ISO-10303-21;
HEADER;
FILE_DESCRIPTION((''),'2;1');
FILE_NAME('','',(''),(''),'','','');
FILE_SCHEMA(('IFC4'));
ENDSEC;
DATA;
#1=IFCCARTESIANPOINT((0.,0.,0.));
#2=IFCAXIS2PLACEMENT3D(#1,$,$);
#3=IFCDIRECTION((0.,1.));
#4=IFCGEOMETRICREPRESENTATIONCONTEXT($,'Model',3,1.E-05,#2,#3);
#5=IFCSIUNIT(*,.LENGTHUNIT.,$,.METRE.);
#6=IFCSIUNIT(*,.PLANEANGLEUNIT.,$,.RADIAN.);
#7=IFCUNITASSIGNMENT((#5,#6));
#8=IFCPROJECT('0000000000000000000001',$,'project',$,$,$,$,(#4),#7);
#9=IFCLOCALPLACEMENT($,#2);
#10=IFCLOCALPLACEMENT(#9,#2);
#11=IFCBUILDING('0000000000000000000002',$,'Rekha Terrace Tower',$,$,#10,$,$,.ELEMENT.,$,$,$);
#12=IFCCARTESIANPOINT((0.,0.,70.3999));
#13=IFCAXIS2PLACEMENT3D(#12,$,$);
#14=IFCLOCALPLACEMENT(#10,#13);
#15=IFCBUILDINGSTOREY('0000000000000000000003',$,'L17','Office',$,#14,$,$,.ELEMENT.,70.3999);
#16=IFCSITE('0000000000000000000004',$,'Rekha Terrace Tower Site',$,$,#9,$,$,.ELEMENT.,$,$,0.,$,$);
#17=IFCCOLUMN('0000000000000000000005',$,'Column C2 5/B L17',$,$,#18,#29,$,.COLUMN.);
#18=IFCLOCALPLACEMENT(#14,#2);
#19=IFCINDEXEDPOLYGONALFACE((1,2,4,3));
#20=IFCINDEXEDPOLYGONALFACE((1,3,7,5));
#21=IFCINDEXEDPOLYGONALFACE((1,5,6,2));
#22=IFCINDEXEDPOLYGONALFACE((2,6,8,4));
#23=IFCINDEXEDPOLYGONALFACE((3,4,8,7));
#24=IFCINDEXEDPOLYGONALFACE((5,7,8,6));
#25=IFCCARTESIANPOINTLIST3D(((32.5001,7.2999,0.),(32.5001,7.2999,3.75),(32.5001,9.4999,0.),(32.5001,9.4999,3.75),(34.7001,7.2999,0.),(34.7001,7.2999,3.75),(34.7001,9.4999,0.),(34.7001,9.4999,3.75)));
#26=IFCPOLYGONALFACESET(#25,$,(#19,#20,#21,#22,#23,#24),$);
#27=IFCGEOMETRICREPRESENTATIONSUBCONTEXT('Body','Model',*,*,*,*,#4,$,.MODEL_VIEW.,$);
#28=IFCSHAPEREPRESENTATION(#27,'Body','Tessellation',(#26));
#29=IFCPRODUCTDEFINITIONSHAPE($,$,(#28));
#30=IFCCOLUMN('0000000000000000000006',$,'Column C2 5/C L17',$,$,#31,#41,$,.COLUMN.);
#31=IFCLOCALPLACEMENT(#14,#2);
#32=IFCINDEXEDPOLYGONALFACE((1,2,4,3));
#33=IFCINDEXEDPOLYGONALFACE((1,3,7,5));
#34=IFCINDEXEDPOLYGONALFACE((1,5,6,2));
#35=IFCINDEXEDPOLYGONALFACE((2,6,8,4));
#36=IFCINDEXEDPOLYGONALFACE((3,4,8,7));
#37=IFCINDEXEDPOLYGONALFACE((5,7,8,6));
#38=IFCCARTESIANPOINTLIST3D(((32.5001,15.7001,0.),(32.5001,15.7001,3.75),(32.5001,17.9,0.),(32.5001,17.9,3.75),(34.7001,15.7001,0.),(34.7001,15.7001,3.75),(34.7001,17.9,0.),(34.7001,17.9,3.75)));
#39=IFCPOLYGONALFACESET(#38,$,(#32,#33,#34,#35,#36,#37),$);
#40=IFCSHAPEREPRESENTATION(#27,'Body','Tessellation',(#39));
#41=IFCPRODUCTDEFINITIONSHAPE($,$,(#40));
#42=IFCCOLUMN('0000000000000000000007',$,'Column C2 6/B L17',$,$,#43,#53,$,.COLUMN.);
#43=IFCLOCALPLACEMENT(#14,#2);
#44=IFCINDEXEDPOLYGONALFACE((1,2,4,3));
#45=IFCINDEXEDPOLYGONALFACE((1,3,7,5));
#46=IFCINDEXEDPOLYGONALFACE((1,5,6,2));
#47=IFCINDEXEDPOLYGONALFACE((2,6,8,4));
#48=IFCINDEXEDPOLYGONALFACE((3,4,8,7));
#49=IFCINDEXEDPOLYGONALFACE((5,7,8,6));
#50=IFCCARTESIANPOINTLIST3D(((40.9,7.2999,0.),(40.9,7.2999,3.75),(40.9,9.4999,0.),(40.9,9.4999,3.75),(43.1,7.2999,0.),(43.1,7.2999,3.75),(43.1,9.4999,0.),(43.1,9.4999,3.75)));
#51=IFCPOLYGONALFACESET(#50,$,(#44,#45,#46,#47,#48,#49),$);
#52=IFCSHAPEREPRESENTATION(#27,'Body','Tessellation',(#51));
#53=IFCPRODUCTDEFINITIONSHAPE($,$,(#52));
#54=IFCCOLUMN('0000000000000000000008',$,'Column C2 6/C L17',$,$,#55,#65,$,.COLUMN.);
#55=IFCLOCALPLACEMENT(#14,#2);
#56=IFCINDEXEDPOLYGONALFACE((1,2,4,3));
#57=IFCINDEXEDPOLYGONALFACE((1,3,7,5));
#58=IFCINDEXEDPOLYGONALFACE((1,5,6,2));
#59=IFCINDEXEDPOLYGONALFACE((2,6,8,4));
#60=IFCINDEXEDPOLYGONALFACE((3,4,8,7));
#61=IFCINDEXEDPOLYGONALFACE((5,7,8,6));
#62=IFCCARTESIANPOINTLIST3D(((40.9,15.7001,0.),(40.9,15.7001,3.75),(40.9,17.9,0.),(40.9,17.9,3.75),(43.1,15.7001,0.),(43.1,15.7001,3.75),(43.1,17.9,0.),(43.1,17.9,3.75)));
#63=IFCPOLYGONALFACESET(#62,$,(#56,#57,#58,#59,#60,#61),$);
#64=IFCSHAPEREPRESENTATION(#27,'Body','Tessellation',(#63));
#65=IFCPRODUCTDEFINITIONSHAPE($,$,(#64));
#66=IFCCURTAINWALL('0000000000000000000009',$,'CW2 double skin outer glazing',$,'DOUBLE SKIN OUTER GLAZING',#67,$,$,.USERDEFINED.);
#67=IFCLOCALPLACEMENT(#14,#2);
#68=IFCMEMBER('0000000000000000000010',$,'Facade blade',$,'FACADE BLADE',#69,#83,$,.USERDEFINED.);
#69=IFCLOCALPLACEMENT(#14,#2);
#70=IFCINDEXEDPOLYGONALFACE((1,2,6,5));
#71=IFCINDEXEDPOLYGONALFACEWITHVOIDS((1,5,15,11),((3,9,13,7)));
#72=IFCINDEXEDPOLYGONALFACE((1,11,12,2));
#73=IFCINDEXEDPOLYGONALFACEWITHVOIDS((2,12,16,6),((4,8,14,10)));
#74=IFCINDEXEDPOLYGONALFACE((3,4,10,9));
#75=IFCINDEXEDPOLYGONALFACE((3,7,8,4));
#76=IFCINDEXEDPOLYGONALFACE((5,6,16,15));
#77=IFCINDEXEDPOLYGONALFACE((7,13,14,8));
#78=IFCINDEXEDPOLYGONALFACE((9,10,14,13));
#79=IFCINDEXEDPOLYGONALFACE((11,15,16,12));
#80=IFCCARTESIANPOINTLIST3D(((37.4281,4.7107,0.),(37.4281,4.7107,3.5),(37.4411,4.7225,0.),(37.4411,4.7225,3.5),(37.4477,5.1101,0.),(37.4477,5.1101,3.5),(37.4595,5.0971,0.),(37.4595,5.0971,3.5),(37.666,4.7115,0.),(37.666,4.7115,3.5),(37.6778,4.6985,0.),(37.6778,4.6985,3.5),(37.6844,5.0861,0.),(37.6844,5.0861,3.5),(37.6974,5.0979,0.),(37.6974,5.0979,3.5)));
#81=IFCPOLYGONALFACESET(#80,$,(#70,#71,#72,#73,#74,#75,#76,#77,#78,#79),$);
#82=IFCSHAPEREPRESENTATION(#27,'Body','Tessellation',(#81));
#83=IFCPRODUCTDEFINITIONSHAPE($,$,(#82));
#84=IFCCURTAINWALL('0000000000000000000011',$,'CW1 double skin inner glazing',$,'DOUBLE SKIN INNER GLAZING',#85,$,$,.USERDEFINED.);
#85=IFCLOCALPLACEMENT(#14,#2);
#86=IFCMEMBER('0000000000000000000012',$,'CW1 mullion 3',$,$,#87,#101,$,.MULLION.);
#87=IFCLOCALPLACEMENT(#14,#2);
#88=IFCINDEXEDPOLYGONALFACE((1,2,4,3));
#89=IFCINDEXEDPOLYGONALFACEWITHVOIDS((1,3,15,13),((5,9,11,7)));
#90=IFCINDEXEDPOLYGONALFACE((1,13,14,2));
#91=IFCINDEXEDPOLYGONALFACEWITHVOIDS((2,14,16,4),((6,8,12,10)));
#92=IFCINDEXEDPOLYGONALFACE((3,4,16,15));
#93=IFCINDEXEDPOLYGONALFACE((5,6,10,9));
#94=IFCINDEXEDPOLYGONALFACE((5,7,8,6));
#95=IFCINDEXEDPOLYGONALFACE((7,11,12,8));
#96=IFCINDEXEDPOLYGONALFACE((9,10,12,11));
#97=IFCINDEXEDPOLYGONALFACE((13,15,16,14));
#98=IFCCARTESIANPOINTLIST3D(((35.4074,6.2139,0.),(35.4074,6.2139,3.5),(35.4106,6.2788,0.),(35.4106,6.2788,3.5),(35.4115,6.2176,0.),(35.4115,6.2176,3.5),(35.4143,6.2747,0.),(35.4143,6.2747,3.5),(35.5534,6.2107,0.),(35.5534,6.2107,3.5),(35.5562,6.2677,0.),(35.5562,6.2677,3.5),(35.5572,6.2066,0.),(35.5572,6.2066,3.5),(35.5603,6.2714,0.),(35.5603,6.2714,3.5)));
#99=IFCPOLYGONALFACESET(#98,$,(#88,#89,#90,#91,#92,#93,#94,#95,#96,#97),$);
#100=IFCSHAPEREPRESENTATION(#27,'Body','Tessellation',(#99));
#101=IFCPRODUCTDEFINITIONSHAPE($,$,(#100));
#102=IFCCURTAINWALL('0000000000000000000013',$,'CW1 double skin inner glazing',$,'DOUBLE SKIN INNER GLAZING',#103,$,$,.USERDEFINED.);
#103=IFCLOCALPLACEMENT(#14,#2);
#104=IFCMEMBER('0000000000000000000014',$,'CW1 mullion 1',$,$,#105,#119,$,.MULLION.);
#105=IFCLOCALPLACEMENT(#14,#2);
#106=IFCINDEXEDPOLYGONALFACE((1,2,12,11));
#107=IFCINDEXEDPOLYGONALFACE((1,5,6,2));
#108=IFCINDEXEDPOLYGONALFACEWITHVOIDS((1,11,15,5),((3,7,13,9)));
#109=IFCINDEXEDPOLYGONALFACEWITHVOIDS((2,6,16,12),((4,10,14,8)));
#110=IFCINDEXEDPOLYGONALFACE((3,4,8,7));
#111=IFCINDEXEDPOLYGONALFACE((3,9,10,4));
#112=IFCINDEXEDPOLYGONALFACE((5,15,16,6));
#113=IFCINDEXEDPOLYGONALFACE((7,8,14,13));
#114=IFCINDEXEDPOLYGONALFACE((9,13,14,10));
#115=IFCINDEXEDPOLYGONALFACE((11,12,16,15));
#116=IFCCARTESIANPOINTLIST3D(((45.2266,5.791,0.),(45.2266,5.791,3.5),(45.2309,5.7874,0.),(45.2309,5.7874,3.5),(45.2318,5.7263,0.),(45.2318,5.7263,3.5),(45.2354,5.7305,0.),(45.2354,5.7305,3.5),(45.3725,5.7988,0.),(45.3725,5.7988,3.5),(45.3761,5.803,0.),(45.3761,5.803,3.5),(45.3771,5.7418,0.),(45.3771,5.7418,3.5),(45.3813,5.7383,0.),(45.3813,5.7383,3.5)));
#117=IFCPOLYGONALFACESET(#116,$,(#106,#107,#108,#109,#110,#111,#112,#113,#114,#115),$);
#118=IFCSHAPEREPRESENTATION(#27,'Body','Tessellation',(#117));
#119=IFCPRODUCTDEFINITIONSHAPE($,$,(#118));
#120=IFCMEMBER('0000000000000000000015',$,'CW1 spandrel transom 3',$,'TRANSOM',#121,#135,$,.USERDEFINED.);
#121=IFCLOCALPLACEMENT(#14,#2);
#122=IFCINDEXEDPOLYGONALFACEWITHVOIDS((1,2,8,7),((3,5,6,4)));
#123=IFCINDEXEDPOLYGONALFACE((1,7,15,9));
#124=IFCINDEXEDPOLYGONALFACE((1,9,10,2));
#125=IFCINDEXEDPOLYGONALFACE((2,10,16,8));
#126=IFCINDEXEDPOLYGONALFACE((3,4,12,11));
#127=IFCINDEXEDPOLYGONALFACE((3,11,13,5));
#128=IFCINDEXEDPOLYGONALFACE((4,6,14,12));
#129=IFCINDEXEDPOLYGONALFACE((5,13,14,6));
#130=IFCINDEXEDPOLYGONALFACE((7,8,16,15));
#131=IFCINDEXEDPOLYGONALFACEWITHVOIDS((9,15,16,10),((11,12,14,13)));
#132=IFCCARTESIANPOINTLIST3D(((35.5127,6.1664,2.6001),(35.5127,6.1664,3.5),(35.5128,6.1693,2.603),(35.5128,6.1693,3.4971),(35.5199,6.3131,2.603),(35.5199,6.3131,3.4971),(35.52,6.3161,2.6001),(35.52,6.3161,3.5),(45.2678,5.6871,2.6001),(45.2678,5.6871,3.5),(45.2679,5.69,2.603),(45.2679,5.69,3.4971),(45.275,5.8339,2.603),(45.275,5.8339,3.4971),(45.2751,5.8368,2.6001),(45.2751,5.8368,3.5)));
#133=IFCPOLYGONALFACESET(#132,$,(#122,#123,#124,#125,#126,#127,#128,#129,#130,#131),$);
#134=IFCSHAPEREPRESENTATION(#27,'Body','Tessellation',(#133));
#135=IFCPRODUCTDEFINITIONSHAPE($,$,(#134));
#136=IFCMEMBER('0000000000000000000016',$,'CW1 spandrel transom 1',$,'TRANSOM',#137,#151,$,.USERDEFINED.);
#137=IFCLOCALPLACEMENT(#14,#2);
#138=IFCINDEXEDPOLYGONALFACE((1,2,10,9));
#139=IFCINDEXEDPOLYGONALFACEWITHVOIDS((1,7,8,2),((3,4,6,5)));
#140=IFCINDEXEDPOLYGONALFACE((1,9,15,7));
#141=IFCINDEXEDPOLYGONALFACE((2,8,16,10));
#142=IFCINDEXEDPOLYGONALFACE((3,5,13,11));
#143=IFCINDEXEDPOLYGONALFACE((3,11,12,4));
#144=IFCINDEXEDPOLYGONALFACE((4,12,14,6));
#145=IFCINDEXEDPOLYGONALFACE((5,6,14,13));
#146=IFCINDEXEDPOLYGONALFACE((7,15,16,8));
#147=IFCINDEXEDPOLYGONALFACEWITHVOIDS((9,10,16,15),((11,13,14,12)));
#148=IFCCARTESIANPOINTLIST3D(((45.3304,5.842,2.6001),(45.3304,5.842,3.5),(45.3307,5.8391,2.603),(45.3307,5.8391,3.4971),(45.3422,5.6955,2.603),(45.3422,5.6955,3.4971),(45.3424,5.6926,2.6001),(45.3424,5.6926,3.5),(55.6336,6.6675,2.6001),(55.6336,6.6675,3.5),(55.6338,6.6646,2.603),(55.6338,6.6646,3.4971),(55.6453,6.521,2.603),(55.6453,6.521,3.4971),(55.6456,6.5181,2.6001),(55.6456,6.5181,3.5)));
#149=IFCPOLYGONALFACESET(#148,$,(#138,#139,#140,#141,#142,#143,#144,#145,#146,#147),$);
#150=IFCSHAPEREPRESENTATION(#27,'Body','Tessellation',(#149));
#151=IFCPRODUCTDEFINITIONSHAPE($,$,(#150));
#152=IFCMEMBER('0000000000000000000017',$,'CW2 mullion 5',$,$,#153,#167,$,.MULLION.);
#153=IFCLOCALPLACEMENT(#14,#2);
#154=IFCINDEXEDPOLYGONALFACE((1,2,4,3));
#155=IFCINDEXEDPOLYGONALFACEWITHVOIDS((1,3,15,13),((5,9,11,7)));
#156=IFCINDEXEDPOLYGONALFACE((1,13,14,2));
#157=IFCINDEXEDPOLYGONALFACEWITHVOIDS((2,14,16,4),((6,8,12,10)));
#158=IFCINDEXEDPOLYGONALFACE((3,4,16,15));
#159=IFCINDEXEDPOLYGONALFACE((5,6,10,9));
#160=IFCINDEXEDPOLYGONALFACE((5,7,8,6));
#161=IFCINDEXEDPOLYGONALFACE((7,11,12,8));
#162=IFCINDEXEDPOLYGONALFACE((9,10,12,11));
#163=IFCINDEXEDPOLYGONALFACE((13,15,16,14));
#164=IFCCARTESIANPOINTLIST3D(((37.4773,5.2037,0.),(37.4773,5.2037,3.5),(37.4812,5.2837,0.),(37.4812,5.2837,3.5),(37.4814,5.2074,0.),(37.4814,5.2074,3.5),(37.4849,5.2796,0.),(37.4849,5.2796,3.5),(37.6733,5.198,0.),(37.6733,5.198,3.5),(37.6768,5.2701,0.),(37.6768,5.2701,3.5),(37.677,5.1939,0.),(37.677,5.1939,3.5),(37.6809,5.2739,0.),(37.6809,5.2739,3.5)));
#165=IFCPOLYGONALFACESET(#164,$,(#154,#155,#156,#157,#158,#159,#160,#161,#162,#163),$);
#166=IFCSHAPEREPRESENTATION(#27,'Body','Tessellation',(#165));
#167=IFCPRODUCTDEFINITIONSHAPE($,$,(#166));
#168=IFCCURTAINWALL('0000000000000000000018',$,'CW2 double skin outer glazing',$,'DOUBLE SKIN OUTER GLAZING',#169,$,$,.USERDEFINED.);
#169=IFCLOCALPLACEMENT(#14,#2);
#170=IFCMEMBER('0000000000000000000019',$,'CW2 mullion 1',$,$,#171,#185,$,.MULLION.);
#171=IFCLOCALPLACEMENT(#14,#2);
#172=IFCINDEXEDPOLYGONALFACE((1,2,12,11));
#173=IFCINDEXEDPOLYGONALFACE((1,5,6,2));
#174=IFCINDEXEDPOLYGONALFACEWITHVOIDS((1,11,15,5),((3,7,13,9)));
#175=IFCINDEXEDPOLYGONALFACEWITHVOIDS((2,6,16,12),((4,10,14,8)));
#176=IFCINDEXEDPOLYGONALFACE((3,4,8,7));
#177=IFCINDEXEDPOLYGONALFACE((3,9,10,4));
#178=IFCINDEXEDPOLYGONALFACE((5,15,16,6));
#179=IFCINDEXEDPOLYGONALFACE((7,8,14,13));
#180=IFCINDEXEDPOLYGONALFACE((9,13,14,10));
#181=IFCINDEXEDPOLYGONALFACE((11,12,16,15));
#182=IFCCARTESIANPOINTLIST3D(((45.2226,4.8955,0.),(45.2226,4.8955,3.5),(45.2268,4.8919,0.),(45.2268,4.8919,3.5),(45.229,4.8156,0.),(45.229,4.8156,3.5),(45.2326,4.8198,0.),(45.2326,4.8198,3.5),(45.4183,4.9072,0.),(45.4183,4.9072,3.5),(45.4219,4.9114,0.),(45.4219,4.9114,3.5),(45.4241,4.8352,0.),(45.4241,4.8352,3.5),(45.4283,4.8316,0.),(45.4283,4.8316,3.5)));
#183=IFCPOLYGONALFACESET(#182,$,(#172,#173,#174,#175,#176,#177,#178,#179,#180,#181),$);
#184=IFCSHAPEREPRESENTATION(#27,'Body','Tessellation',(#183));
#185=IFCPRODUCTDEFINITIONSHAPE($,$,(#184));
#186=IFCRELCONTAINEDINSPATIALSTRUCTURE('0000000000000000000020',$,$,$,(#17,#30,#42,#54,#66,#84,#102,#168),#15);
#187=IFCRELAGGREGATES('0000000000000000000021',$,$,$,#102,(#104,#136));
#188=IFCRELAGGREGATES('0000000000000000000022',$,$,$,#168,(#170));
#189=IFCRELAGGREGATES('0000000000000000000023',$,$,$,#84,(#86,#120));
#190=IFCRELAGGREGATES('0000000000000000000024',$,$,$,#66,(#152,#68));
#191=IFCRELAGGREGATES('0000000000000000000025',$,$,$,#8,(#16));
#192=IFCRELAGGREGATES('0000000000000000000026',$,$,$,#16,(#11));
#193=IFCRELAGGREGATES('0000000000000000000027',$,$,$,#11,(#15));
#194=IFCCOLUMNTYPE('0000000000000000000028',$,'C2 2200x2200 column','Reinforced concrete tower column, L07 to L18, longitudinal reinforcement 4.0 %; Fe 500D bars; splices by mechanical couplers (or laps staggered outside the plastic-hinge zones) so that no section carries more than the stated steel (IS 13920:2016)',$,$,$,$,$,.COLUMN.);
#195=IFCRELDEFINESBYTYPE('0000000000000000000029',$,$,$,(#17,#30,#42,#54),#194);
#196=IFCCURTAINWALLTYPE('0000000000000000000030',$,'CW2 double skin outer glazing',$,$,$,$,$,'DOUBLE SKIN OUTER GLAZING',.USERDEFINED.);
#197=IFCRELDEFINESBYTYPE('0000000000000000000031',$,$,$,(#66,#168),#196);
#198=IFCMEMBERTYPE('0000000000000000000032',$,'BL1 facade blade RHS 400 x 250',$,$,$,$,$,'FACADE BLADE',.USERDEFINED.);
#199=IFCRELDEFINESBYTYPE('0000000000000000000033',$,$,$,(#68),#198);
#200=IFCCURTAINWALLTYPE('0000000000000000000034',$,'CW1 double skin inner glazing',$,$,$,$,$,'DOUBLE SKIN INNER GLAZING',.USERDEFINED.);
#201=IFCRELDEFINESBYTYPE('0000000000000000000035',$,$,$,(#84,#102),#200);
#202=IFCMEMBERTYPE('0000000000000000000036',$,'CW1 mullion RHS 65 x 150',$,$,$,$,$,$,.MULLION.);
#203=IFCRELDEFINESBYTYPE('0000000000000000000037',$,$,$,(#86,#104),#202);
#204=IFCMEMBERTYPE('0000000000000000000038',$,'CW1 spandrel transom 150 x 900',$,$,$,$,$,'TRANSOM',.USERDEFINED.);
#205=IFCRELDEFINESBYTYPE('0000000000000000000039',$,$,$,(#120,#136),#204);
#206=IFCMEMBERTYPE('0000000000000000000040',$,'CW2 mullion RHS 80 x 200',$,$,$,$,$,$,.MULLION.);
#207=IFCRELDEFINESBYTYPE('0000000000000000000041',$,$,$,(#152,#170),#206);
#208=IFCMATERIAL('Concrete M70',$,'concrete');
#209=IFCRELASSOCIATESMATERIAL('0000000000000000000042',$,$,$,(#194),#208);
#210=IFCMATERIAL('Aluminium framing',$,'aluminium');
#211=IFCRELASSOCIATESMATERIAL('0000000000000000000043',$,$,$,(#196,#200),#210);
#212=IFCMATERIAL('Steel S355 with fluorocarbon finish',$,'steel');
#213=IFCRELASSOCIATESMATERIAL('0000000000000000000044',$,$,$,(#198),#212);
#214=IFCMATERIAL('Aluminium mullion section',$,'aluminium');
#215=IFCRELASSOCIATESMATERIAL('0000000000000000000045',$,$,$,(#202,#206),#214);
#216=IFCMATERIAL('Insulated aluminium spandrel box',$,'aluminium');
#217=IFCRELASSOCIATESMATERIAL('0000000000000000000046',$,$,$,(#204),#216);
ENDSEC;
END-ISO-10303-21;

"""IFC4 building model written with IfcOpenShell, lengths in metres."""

from ifc_helpers import new_model, si_unit, direction, frame, origin, origin_2d, place, context, subcontext, project, spatial, rectangle, hollow_rectangle, extrude, material, material_profile, profile_set, type_object, element, aggregate, save


model = new_model("IFC4")

# Units and contexts
model_context = context("Model", 3, precision=1e-05, world=origin(), true_north=direction((0.0, 1.0)))
body_context = subcontext(model_context, "Body", "Model", "MODEL_VIEW")
ifc_project = project(units=[si_unit("LENGTHUNIT", "METRE"), si_unit("PLANEANGLEUNIT", "RADIAN")], contexts=[model_context])

# Site, building, storey
site_placement = place(None, origin())
site = spatial("IfcSite", under=ifc_project, at=site_placement, Name="Rekha Terrace Tower Site", CompositionType="ELEMENT", RefElevation=0.0)
building_placement = place(site_placement, origin())
building = spatial("IfcBuilding", under=site, at=building_placement, Name="Rekha Terrace Tower", CompositionType="ELEMENT")
storey_placement = place(building_placement, frame((0.0, 0.0, 70.3999)))
storey = spatial("IfcBuildingStorey", under=building, at=storey_placement, Name="L17", Description="Office", CompositionType="ELEMENT", Elevation=70.3999)

# Columns
ifc_material_1 = material(Name="Concrete M70", Category="concrete")
ifc_material_profile_1 = material_profile(ifc_material_1, rectangle(XDim=2.2, YDim=2.2, at=origin_2d()), Name="RC 2200x2200")
ifc_profile_set_1 = profile_set([ifc_material_profile_1], Name="Concrete M70")
column_type = type_object("IfcColumnType", Name="C2 2200x2200 column", Description="Reinforced concrete tower column, L07 to L18, longitudinal reinforcement 4.0 %; Fe 500D bars; splices by mechanical couplers (or laps staggered outside the plastic-hinge zones) so that no section carries more than the stated steel (IS 13920:2016)", PredefinedType="COLUMN", material=ifc_profile_set_1)
for number, where, z_axis, x_axis, name in (
    (1, (33.6001, 8.3999, 0.0), (0.0, 0.0, 1.0), (1.0, 0.0, 0.0), "Column C2 5/B L17"),
    (2, (33.6001, 16.8, 0.0), (0.0, 0.0, 1.0), (1.0, 0.0, 0.0), "Column C2 5/C L17"),
    (3, (42.0, 8.3999, 0.0), (0.0, 0.0, 1.0), (1.0, 0.0, 0.0), "Column C2 6/B L17"),
    (4, (42.0, 16.8, 0.0), (0.0, 0.0, 1.0), (1.0, 0.0, 0.0), "Column C2 6/C L17"),
):
    element("IfcColumn", number, at=place(storey_placement, frame(where, z_axis=z_axis, x_axis=x_axis)), inside=storey, type_object=column_type, Name=name, PredefinedType="COLUMN", context=body_context, shape_type="SweptSolid", body=[
        extrude(rectangle(XDim=2.2, YDim=2.2, at=origin_2d()), origin(), (0.0, 0.0, 1.0), 3.75),
    ])

# Curtain walls, members
ifc_material_2 = material(Name="Aluminium framing", Category="aluminium")
curtain_wall_type_1 = type_object("IfcCurtainWallType", Name="CW2 double skin outer glazing", ElementType="DOUBLE SKIN OUTER GLAZING", PredefinedType="USERDEFINED", material=ifc_material_2)
curtain_wall_1_placement = place(storey_placement, origin())
curtain_wall_1 = element("IfcCurtainWall", 5, at=curtain_wall_1_placement, inside=storey, type_object=curtain_wall_type_1, Name="CW2 double skin outer glazing", ObjectType="DOUBLE SKIN OUTER GLAZING", PredefinedType="USERDEFINED")
ifc_material_3 = material(Name="Steel S355 with fluorocarbon finish", Category="steel")
ifc_material_profile_2 = material_profile(ifc_material_3, hollow_rectangle(XDim=0.25, YDim=0.3999, WallThickness=0.0125, at=origin_2d()), Name="RHS400x250x12.5")
ifc_profile_set_2 = profile_set([ifc_material_profile_2], Name="Steel S355 with fluorocarbon finish")
member_type_1 = type_object("IfcMemberType", Name="BL1 facade blade RHS 400 x 250", ElementType="FACADE BLADE", PredefinedType="USERDEFINED", material=ifc_profile_set_2)
member_1_placement = place(storey_placement, frame((37.5627, 4.9043, 0.0), z_axis=(0.0, 0.0, 1.0), x_axis=(0.998796, -0.049052, 0.0)))
member_1 = element("IfcMember", 6, at=member_1_placement, type_object=member_type_1, Name="Facade blade", ObjectType="FACADE BLADE", PredefinedType="USERDEFINED", context=body_context, shape_type="SweptSolid", body=[
    extrude(hollow_rectangle(XDim=0.25, YDim=0.3999, WallThickness=0.0125, at=origin_2d()), origin(), (0.0, 0.0, 1.0), 3.5),
])
curtain_wall_type_2 = type_object("IfcCurtainWallType", Name="CW1 double skin inner glazing", ElementType="DOUBLE SKIN INNER GLAZING", PredefinedType="USERDEFINED", material=ifc_material_2)
curtain_wall_2_placement = place(storey_placement, origin())
curtain_wall_2 = element("IfcCurtainWall", 7, at=curtain_wall_2_placement, inside=storey, type_object=curtain_wall_type_2, Name="CW1 double skin inner glazing", ObjectType="DOUBLE SKIN INNER GLAZING", PredefinedType="USERDEFINED")
ifc_material_4 = material(Name="Aluminium mullion section", Category="aluminium")
ifc_material_profile_3 = material_profile(ifc_material_4, hollow_rectangle(XDim=0.0649, YDim=0.1499, WallThickness=0.0039, at=origin_2d()), Name="AL RHS 65x150")
ifc_profile_set_3 = profile_set([ifc_material_profile_3], Name="Aluminium mullion section")
member_type_2 = type_object("IfcMemberType", Name="CW1 mullion RHS 65 x 150", PredefinedType="MULLION", material=ifc_profile_set_3)
member_2_placement = place(storey_placement, frame((35.4839, 6.2427, 0.0), z_axis=(0.0, 0.0, 1.0), x_axis=(0.049052, 0.998796, 0.0)))
member_2 = element("IfcMember", 8, at=member_2_placement, type_object=member_type_2, Name="CW1 mullion 3", PredefinedType="MULLION", context=body_context, shape_type="SweptSolid", body=[
    extrude(hollow_rectangle(XDim=0.0649, YDim=0.1499, WallThickness=0.0039, at=origin_2d()), origin(), (0.0, 0.0, 1.0), 3.5),
])
curtain_wall_3_placement = place(storey_placement, origin())
curtain_wall_3 = element("IfcCurtainWall", 9, at=curtain_wall_3_placement, inside=storey, type_object=curtain_wall_type_2, Name="CW1 double skin inner glazing", ObjectType="DOUBLE SKIN INNER GLAZING", PredefinedType="USERDEFINED")
member_3_placement = place(storey_placement, frame((45.304, 5.7646, 0.0), z_axis=(0.0, 0.0, 1.0), x_axis=(-0.079872, 0.996805, 0.0)))
member_3 = element("IfcMember", 10, at=member_3_placement, type_object=member_type_2, Name="CW1 mullion 1", PredefinedType="MULLION", context=body_context, shape_type="SweptSolid", body=[
    extrude(hollow_rectangle(XDim=0.0649, YDim=0.1499, WallThickness=0.0039, at=origin_2d()), origin(), (0.0, 0.0, 1.0), 3.5),
])

# Members
ifc_material_5 = material(Name="Insulated aluminium spandrel box", Category="aluminium")
ifc_material_profile_4 = material_profile(ifc_material_5, hollow_rectangle(XDim=0.1499, YDim=0.8999, WallThickness=0.0029, at=origin_2d()), Name="AL SPANDREL BOX 150x900")
ifc_profile_set_4 = profile_set([ifc_material_profile_4], Name="Insulated aluminium spandrel box")
member_type_3 = type_object("IfcMemberType", Name="CW1 spandrel transom 150 x 900", ElementType="TRANSOM", PredefinedType="USERDEFINED", material=ifc_profile_set_4)
member_4_placement = place(storey_placement, frame((35.5164, 6.2412, 3.05), z_axis=(0.998795, -0.049069, 0.0), x_axis=(0.049069, 0.998795, 0.0)))
member_4 = element("IfcMember", 11, at=member_4_placement, type_object=member_type_3, Name="CW1 spandrel transom 3", ObjectType="TRANSOM", PredefinedType="USERDEFINED", context=body_context, shape_type="SweptSolid", body=[
    extrude(hollow_rectangle(XDim=0.1499, YDim=0.8999, WallThickness=0.0029, at=origin_2d()), origin(), (0.0, 0.0, 1.0), 9.7668),
])
member_5_placement = place(storey_placement, frame((45.3364, 5.7673, 3.05), z_axis=(0.996806, 0.079859, 0.0), x_axis=(-0.079859, 0.996806, 0.0)))
member_5 = element("IfcMember", 12, at=member_5_placement, type_object=member_type_3, Name="CW1 spandrel transom 1", ObjectType="TRANSOM", PredefinedType="USERDEFINED", context=body_context, shape_type="SweptSolid", body=[
    extrude(hollow_rectangle(XDim=0.1499, YDim=0.8999, WallThickness=0.0029, at=origin_2d()), origin(), (0.0, 0.0, 1.0), 10.3362),
])
aggregate(curtain_wall_3, [member_3, member_5])
ifc_material_profile_5 = material_profile(ifc_material_4, hollow_rectangle(XDim=0.0801, YDim=0.2, WallThickness=0.0039, at=origin_2d()), Name="AL RHS 80x200")
ifc_profile_set_5 = profile_set([ifc_material_profile_5], Name="Aluminium mullion section")
member_type_4 = type_object("IfcMemberType", Name="CW2 mullion RHS 80 x 200", PredefinedType="MULLION", material=ifc_profile_set_5)
member_6_placement = place(storey_placement, frame((37.5791, 5.2388, 0.0), z_axis=(0.0, 0.0, 1.0), x_axis=(0.049052, 0.998796, 0.0)))
member_6 = element("IfcMember", 13, at=member_6_placement, type_object=member_type_4, Name="CW2 mullion 5", PredefinedType="MULLION", context=body_context, shape_type="SweptSolid", body=[
    extrude(hollow_rectangle(XDim=0.0801, YDim=0.2, WallThickness=0.0039, at=origin_2d()), origin(), (0.0, 0.0, 1.0), 3.5),
])

# Curtain wall, member
curtain_wall_4_placement = place(storey_placement, origin())
curtain_wall_4 = element("IfcCurtainWall", 14, at=curtain_wall_4_placement, inside=storey, type_object=curtain_wall_type_1, Name="CW2 double skin outer glazing", ObjectType="DOUBLE SKIN OUTER GLAZING", PredefinedType="USERDEFINED")
member_7_placement = place(storey_placement, frame((45.3254, 4.8635, 0.0), z_axis=(0.0, 0.0, 1.0), x_axis=(-0.079872, 0.996805, 0.0)))
member_7 = element("IfcMember", 15, at=member_7_placement, type_object=member_type_4, Name="CW2 mullion 1", PredefinedType="MULLION", context=body_context, shape_type="SweptSolid", body=[
    extrude(hollow_rectangle(XDim=0.0801, YDim=0.2, WallThickness=0.0039, at=origin_2d()), origin(), (0.0, 0.0, 1.0), 3.5),
])

aggregate(curtain_wall_4, [member_7])

aggregate(curtain_wall_2, [member_2, member_4])
aggregate(curtain_wall_1, [member_6, member_1])

save(model, "model.ifc")
